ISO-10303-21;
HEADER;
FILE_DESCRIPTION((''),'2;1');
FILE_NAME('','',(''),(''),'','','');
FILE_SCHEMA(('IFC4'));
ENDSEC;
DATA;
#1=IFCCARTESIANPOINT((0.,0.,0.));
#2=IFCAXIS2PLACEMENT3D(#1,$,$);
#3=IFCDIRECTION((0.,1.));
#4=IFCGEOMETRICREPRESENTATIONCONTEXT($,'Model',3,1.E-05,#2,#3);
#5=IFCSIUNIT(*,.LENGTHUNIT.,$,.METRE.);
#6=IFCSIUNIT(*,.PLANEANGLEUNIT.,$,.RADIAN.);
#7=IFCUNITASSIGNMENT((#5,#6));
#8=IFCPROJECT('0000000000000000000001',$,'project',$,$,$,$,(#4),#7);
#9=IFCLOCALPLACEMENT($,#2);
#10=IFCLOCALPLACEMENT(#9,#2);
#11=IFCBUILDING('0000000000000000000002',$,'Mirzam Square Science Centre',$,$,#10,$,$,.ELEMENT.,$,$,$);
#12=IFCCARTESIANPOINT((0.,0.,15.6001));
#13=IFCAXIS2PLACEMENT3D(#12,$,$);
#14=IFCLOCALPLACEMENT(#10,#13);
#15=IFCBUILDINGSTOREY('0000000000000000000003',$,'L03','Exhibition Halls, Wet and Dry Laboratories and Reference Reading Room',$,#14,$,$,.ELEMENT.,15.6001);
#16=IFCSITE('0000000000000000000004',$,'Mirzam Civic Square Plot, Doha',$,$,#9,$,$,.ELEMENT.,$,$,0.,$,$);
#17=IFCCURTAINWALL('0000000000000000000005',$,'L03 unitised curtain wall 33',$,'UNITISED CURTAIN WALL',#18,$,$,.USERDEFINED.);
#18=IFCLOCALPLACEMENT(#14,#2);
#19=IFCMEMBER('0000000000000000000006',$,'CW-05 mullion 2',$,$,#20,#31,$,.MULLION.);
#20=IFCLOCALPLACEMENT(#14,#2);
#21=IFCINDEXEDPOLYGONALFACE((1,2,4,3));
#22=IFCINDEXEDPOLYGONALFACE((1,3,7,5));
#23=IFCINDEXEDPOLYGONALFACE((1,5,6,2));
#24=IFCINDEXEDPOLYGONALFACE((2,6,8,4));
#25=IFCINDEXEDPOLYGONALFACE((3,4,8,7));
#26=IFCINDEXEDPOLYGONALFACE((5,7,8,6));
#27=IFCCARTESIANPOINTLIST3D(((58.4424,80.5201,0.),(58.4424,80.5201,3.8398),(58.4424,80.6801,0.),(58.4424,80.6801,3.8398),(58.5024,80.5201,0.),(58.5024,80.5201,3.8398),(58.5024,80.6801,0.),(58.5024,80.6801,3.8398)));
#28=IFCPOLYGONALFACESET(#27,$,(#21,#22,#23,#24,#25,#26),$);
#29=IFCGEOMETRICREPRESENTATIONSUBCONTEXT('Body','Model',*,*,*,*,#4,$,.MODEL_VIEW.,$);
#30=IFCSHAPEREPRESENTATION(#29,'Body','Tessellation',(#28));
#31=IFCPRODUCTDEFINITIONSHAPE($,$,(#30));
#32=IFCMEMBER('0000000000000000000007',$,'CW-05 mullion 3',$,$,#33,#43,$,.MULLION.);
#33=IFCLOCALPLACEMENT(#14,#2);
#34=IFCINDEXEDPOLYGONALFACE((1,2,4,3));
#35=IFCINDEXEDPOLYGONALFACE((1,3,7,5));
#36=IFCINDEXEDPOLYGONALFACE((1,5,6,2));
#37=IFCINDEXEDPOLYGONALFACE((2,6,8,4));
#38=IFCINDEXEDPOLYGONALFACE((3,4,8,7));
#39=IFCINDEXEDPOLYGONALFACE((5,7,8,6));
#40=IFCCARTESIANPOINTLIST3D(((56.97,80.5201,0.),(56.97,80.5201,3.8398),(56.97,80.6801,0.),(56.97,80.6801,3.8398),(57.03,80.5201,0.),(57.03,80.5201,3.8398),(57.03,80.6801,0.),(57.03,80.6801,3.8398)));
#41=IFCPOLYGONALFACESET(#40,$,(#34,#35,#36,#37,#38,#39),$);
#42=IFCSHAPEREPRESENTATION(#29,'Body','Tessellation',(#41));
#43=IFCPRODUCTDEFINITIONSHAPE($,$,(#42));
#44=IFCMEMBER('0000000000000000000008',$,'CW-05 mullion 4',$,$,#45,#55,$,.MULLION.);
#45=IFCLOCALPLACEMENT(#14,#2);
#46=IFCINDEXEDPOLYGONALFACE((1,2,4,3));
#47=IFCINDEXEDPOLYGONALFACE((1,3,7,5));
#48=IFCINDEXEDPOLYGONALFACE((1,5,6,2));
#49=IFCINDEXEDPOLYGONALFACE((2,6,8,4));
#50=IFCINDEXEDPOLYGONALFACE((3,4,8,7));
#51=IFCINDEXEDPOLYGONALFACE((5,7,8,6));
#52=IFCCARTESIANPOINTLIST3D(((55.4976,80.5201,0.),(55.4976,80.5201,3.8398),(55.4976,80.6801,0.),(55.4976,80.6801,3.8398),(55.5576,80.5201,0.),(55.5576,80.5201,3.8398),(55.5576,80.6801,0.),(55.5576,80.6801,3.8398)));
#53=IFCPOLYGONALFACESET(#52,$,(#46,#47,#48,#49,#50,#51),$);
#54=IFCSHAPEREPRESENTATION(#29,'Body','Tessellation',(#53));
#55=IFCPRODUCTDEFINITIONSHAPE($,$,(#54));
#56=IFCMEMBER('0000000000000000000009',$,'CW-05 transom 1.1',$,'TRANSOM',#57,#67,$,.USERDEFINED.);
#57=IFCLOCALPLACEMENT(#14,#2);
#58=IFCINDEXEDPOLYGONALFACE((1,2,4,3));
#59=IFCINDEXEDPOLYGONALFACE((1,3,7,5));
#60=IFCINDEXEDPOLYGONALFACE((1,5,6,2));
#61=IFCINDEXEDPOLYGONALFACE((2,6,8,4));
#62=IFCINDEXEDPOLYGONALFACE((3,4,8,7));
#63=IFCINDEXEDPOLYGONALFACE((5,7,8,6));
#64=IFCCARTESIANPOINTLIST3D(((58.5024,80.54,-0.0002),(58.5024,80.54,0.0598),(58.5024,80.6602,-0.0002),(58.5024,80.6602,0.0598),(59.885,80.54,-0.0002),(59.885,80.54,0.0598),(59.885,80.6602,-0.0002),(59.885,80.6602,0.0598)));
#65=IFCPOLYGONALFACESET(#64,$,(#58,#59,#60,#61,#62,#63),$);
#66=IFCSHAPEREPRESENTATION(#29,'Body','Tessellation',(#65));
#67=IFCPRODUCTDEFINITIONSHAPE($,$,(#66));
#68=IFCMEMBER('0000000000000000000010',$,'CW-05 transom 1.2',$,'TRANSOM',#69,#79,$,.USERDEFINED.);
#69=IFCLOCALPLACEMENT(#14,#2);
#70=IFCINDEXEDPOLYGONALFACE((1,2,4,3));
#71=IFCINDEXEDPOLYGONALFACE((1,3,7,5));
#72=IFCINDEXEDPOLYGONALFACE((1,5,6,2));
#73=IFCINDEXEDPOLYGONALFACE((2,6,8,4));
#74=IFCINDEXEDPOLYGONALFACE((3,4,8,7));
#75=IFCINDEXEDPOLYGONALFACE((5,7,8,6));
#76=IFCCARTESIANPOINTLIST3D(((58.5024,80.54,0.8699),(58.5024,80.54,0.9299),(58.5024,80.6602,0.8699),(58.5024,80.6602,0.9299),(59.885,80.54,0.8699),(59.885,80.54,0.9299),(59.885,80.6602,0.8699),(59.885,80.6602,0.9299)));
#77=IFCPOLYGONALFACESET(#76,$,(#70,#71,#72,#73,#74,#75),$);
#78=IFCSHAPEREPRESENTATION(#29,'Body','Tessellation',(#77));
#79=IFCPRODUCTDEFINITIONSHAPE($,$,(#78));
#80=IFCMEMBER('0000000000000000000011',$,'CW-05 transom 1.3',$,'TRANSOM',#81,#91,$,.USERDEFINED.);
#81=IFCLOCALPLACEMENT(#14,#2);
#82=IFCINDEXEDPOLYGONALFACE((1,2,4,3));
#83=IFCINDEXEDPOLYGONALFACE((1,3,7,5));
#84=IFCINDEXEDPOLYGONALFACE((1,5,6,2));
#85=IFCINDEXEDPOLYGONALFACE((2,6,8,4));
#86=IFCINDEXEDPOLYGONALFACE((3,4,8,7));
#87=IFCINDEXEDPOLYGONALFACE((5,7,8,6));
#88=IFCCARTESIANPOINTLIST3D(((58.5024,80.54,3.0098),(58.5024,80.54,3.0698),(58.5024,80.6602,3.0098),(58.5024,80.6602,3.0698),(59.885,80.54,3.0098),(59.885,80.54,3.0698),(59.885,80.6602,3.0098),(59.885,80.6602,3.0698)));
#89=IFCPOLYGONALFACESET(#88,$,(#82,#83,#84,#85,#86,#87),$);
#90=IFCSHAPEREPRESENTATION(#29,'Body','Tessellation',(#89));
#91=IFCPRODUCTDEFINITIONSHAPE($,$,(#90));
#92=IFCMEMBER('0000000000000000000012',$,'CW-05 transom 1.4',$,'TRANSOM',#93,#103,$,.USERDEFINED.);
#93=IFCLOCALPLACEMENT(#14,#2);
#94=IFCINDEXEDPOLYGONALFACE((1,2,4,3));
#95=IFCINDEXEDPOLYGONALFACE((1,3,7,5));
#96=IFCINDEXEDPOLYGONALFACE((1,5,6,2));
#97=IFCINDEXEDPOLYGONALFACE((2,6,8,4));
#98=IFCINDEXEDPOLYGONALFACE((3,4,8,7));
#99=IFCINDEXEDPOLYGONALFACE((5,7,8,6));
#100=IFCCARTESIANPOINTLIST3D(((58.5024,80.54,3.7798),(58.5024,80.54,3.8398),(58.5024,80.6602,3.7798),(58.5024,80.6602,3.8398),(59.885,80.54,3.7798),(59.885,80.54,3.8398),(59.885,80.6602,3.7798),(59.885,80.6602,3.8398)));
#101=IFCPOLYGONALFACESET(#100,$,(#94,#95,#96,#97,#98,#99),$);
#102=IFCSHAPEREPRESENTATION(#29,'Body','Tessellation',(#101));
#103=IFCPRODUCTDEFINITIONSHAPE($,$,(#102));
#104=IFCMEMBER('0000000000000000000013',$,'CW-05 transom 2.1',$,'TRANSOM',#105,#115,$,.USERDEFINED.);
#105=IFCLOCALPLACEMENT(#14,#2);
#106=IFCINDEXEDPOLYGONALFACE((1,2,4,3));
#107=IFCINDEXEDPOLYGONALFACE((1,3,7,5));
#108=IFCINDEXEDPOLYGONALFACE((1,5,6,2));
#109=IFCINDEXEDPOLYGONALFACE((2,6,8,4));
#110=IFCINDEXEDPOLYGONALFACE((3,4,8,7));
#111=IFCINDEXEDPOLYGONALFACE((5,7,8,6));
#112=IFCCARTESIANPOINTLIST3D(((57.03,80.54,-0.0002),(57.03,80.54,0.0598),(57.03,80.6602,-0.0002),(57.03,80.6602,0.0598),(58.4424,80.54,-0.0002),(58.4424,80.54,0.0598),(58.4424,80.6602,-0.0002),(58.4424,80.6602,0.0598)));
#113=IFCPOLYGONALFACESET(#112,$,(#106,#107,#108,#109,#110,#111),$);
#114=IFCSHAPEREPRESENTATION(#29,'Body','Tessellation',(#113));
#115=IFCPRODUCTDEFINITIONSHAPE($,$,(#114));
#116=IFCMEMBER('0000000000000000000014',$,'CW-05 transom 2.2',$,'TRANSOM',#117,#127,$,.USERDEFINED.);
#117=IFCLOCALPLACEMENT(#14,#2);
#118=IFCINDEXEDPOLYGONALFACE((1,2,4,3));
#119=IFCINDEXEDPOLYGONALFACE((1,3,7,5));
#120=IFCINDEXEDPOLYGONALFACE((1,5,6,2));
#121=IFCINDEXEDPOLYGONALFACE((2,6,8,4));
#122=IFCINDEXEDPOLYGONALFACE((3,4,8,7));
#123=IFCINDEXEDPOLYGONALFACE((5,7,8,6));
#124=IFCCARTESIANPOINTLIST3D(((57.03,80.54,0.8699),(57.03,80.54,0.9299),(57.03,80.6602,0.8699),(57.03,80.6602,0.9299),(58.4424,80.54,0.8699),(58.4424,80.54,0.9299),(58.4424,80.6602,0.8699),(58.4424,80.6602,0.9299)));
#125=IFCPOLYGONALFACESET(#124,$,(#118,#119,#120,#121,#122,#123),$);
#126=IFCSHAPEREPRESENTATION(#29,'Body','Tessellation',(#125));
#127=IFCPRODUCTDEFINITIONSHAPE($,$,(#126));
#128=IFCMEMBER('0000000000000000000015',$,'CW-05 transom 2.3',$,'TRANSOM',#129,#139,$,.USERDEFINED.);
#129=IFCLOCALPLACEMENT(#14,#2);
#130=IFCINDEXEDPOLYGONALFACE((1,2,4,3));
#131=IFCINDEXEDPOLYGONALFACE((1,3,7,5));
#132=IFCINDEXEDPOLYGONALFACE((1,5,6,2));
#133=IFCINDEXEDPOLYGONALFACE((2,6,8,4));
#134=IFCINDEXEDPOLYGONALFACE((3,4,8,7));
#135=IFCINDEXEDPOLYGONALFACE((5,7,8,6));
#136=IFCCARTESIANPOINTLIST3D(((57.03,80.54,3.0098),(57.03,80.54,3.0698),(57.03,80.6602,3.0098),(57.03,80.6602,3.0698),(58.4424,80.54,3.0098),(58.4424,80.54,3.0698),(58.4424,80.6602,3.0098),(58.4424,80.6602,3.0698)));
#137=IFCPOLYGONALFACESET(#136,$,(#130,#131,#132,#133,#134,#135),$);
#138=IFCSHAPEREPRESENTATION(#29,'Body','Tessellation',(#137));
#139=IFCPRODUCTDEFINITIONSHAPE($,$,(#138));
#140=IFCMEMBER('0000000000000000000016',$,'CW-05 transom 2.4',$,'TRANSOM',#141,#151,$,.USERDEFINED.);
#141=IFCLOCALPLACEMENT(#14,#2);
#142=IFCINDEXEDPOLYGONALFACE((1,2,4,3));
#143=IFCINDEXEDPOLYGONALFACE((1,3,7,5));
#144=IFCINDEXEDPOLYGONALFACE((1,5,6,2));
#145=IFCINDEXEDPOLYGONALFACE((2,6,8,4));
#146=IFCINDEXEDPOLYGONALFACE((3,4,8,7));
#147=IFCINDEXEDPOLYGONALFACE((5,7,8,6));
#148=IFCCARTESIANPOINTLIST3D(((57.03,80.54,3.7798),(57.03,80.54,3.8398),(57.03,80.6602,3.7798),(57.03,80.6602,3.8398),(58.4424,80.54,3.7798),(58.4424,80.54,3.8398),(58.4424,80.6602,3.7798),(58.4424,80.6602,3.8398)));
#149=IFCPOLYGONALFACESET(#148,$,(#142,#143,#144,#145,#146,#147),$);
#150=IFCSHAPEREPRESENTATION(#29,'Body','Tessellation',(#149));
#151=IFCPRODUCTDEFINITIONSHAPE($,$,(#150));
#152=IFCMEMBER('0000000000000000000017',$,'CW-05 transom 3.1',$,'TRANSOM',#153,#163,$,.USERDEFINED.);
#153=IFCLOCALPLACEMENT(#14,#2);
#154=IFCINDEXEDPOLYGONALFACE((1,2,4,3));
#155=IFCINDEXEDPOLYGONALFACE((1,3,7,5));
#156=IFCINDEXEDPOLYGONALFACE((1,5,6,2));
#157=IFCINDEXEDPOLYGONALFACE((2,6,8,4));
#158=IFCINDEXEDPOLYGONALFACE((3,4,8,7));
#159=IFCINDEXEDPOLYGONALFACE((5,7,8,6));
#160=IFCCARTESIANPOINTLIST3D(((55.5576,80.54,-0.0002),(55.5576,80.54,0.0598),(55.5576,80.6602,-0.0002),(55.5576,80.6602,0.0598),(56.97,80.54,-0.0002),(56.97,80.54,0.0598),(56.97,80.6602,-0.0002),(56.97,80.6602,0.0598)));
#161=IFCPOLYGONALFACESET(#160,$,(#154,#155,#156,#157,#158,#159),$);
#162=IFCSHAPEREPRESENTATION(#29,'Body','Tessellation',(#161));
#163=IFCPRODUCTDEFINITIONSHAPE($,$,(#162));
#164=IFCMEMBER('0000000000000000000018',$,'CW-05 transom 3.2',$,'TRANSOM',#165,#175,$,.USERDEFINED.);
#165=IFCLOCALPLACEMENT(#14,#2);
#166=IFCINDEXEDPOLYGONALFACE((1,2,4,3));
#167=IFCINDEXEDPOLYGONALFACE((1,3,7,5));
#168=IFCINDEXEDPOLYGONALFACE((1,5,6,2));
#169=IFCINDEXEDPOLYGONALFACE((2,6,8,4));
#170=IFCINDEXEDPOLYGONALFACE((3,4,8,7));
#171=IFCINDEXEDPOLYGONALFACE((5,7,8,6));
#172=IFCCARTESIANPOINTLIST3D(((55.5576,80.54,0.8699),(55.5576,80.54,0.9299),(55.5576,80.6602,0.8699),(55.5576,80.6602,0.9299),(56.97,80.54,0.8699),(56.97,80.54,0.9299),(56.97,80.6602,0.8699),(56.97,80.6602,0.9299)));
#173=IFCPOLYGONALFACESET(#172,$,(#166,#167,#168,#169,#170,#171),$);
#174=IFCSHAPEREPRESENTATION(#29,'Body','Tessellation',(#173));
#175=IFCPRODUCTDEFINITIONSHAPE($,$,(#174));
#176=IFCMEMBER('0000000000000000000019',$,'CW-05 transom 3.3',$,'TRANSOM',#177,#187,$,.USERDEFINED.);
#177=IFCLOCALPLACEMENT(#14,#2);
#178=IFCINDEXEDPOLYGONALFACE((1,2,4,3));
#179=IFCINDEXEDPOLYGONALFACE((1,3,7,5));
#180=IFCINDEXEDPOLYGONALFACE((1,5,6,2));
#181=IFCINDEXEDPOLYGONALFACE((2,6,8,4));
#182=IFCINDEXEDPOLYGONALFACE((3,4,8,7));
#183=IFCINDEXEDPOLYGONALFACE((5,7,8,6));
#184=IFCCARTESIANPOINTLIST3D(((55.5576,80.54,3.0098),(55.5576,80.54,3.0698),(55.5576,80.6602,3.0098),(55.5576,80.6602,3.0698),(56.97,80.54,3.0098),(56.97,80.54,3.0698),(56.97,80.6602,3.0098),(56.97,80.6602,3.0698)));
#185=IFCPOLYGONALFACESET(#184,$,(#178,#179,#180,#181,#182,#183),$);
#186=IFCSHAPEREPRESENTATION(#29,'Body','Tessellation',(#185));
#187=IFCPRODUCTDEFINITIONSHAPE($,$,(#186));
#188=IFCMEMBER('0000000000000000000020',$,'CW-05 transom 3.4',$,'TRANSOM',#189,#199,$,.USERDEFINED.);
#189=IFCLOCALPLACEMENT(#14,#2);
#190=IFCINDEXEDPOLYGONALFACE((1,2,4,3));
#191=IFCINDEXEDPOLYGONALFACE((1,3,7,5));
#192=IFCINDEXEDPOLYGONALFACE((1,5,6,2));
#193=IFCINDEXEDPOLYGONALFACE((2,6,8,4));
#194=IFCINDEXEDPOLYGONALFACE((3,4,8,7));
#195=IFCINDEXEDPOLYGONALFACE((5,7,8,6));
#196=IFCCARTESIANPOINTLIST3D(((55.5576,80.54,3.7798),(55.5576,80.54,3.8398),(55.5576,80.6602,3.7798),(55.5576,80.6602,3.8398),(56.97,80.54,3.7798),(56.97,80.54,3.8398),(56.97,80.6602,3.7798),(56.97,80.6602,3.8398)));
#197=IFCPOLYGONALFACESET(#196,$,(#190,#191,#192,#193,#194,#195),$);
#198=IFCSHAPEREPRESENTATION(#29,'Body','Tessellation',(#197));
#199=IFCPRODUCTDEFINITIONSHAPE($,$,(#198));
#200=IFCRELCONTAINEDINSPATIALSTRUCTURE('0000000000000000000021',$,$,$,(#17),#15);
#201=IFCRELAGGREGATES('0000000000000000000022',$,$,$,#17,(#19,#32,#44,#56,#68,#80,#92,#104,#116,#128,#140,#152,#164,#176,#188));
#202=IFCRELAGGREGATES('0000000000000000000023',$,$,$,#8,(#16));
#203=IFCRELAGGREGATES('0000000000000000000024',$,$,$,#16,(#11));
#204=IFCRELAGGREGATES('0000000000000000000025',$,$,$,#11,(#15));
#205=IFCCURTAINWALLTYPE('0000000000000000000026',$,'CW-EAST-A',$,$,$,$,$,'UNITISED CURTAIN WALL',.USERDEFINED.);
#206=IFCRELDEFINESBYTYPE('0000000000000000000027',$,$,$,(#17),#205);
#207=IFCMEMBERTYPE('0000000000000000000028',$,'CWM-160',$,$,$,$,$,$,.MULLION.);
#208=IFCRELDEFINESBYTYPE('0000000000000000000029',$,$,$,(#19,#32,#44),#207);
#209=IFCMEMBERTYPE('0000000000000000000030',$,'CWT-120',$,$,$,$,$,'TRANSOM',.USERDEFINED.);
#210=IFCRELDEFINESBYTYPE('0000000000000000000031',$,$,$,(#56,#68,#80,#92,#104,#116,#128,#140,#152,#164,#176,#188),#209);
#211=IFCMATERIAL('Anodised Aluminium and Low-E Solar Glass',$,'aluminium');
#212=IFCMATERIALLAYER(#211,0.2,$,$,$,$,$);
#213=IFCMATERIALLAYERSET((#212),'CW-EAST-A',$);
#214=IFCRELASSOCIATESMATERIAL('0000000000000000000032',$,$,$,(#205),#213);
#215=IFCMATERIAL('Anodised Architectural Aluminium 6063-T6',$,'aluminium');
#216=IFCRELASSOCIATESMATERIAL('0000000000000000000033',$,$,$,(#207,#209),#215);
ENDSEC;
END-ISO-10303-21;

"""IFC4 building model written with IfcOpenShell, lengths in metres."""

from ifc_helpers import new_model, si_unit, direction, frame, origin, origin_2d, place, context, subcontext, project, spatial, rectangle, extrude, material, layer, layer_set, material_profile, profile_set, type_object, element, aggregate, save


model = new_model("IFC4")

# Units and contexts
model_context = context("Model", 3, precision=1e-05, world=origin(), true_north=direction((0.0, 1.0)))
body_context = subcontext(model_context, "Body", "Model", "MODEL_VIEW")
ifc_project = project(units=[si_unit("LENGTHUNIT", "METRE"), si_unit("PLANEANGLEUNIT", "RADIAN")], contexts=[model_context])

# Site, building, storey
site_placement = place(None, origin())
site = spatial("IfcSite", under=ifc_project, at=site_placement, Name="Mirzam Civic Square Plot, Doha", CompositionType="ELEMENT", RefElevation=0.0)
building_placement = place(site_placement, origin())
building = spatial("IfcBuilding", under=site, at=building_placement, Name="Mirzam Square Science Centre", CompositionType="ELEMENT")
storey_placement = place(building_placement, frame((0.0, 0.0, 15.6001)))
storey = spatial("IfcBuildingStorey", under=building, at=storey_placement, Name="L03", Description="Exhibition Halls, Wet and Dry Laboratories and Reference Reading Room", CompositionType="ELEMENT", Elevation=15.6001)

# Curtain wall, members
ifc_material_1 = material(Name="Anodised Aluminium and Low-E Solar Glass", Category="aluminium")
ifc_layer_1 = layer(ifc_material_1, 0.2)
ifc_layer_set_1 = layer_set([ifc_layer_1], Name="CW-EAST-A")
curtain_wall_type = type_object("IfcCurtainWallType", Name="CW-EAST-A", ElementType="UNITISED CURTAIN WALL", PredefinedType="USERDEFINED", material=ifc_layer_set_1)
curtain_wall_placement = place(storey_placement, origin())
curtain_wall = element("IfcCurtainWall", 1, at=curtain_wall_placement, inside=storey, type_object=curtain_wall_type, Name="L03 unitised curtain wall 33", ObjectType="UNITISED CURTAIN WALL", PredefinedType="USERDEFINED")
ifc_material_2 = material(Name="Anodised Architectural Aluminium 6063-T6", Category="aluminium")
ifc_material_profile_1 = material_profile(ifc_material_2, rectangle(XDim=0.0601, YDim=0.1599, at=origin_2d()), Name="ALU-MULL-160x60x4")
ifc_profile_set_1 = profile_set([ifc_material_profile_1], Name="Anodised Architectural Aluminium 6063-T6")
member_type_1 = type_object("IfcMemberType", Name="CWM-160", PredefinedType="MULLION", material=ifc_profile_set_1)
member_1_placement = place(storey_placement, frame((58.4724, 80.6001, 0.0), z_axis=(0.0, 0.0, 1.0), x_axis=(-1.0, 0.0, 0.0)))
member_1 = element("IfcMember", 2, at=member_1_placement, type_object=member_type_1, Name="CW-05 mullion 2", PredefinedType="MULLION", context=body_context, shape_type="SweptSolid", body=[
    extrude(rectangle(XDim=0.0601, YDim=0.1599, at=origin_2d()), origin(), (0.0, 0.0, 1.0), 3.8398),
])
member_2_placement = place(storey_placement, frame((57.0, 80.6001, 0.0), z_axis=(0.0, 0.0, 1.0), x_axis=(-1.0, 0.0, 0.0)))
member_2 = element("IfcMember", 3, at=member_2_placement, type_object=member_type_1, Name="CW-05 mullion 3", PredefinedType="MULLION", context=body_context, shape_type="SweptSolid", body=[
    extrude(rectangle(XDim=0.0601, YDim=0.1599, at=origin_2d()), origin(), (0.0, 0.0, 1.0), 3.8398),
])
member_3_placement = place(storey_placement, frame((55.5276, 80.6001, 0.0), z_axis=(0.0, 0.0, 1.0), x_axis=(-1.0, 0.0, 0.0)))
member_3 = element("IfcMember", 4, at=member_3_placement, type_object=member_type_1, Name="CW-05 mullion 4", PredefinedType="MULLION", context=body_context, shape_type="SweptSolid", body=[
    extrude(rectangle(XDim=0.0601, YDim=0.1599, at=origin_2d()), origin(), (0.0, 0.0, 1.0), 3.8398),
])
ifc_material_profile_2 = material_profile(ifc_material_2, rectangle(XDim=0.1201, YDim=0.0601, at=origin_2d()), Name="ALU-TRAN-120x60x4")
ifc_profile_set_2 = profile_set([ifc_material_profile_2], Name="Anodised Architectural Aluminium 6063-T6")
member_type_2 = type_object("IfcMemberType", Name="CWT-120", ElementType="TRANSOM", PredefinedType="USERDEFINED", material=ifc_profile_set_2)
member_4_placement = place(storey_placement, frame((59.885, 80.6001, 0.0298), z_axis=(-1.0, 0.0, 0.0), x_axis=(0.0, -1.0, 0.0)))
member_4 = element("IfcMember", 5, at=member_4_placement, type_object=member_type_2, Name="CW-05 transom 1.1", ObjectType="TRANSOM", PredefinedType="USERDEFINED", context=body_context, shape_type="SweptSolid", body=[
    extrude(rectangle(XDim=0.1201, YDim=0.0601, at=origin_2d()), origin(), (0.0, 0.0, 1.0), 1.3826),
])
member_5_placement = place(storey_placement, frame((59.885, 80.6001, 0.8999), z_axis=(-1.0, 0.0, 0.0), x_axis=(0.0, -1.0, 0.0)))
member_5 = element("IfcMember", 6, at=member_5_placement, type_object=member_type_2, Name="CW-05 transom 1.2", ObjectType="TRANSOM", PredefinedType="USERDEFINED", context=body_context, shape_type="SweptSolid", body=[
    extrude(rectangle(XDim=0.1201, YDim=0.0601, at=origin_2d()), origin(), (0.0, 0.0, 1.0), 1.3826),
])
member_6_placement = place(storey_placement, frame((59.885, 80.6001, 3.0398), z_axis=(-1.0, 0.0, 0.0), x_axis=(0.0, -1.0, 0.0)))
member_6 = element("IfcMember", 7, at=member_6_placement, type_object=member_type_2, Name="CW-05 transom 1.3", ObjectType="TRANSOM", PredefinedType="USERDEFINED", context=body_context, shape_type="SweptSolid", body=[
    extrude(rectangle(XDim=0.1201, YDim=0.0601, at=origin_2d()), origin(), (0.0, 0.0, 1.0), 1.3826),
])
member_7_placement = place(storey_placement, frame((59.885, 80.6001, 3.8098), z_axis=(-1.0, 0.0, 0.0), x_axis=(0.0, -1.0, 0.0)))
member_7 = element("IfcMember", 8, at=member_7_placement, type_object=member_type_2, Name="CW-05 transom 1.4", ObjectType="TRANSOM", PredefinedType="USERDEFINED", context=body_context, shape_type="SweptSolid", body=[
    extrude(rectangle(XDim=0.1201, YDim=0.0601, at=origin_2d()), origin(), (0.0, 0.0, 1.0), 1.3826),
])
member_8_placement = place(storey_placement, frame((58.4424, 80.6001, 0.0298), z_axis=(-1.0, 0.0, 0.0), x_axis=(0.0, -1.0, 0.0)))
member_8 = element("IfcMember", 9, at=member_8_placement, type_object=member_type_2, Name="CW-05 transom 2.1", ObjectType="TRANSOM", PredefinedType="USERDEFINED", context=body_context, shape_type="SweptSolid", body=[
    extrude(rectangle(XDim=0.1201, YDim=0.0601, at=origin_2d()), origin(), (0.0, 0.0, 1.0), 1.4124),
])
member_9_placement = place(storey_placement, frame((58.4424, 80.6001, 0.8999), z_axis=(-1.0, 0.0, 0.0), x_axis=(0.0, -1.0, 0.0)))
member_9 = element("IfcMember", 10, at=member_9_placement, type_object=member_type_2, Name="CW-05 transom 2.2", ObjectType="TRANSOM", PredefinedType="USERDEFINED", context=body_context, shape_type="SweptSolid", body=[
    extrude(rectangle(XDim=0.1201, YDim=0.0601, at=origin_2d()), origin(), (0.0, 0.0, 1.0), 1.4124),
])
member_10_placement = place(storey_placement, frame((58.4424, 80.6001, 3.0398), z_axis=(-1.0, 0.0, 0.0), x_axis=(0.0, -1.0, 0.0)))
member_10 = element("IfcMember", 11, at=member_10_placement, type_object=member_type_2, Name="CW-05 transom 2.3", ObjectType="TRANSOM", PredefinedType="USERDEFINED", context=body_context, shape_type="SweptSolid", body=[
    extrude(rectangle(XDim=0.1201, YDim=0.0601, at=origin_2d()), origin(), (0.0, 0.0, 1.0), 1.4124),
])
member_11_placement = place(storey_placement, frame((58.4424, 80.6001, 3.8098), z_axis=(-1.0, 0.0, 0.0), x_axis=(0.0, -1.0, 0.0)))
member_11 = element("IfcMember", 12, at=member_11_placement, type_object=member_type_2, Name="CW-05 transom 2.4", ObjectType="TRANSOM", PredefinedType="USERDEFINED", context=body_context, shape_type="SweptSolid", body=[
    extrude(rectangle(XDim=0.1201, YDim=0.0601, at=origin_2d()), origin(), (0.0, 0.0, 1.0), 1.4124),
])
member_12_placement = place(storey_placement, frame((56.97, 80.6001, 0.0298), z_axis=(-1.0, 0.0, 0.0), x_axis=(0.0, -1.0, 0.0)))
member_12 = element("IfcMember", 13, at=member_12_placement, type_object=member_type_2, Name="CW-05 transom 3.1", ObjectType="TRANSOM", PredefinedType="USERDEFINED", context=body_context, shape_type="SweptSolid", body=[
    extrude(rectangle(XDim=0.1201, YDim=0.0601, at=origin_2d()), origin(), (0.0, 0.0, 1.0), 1.4124),
])
member_13_placement = place(storey_placement, frame((56.97, 80.6001, 0.8999), z_axis=(-1.0, 0.0, 0.0), x_axis=(0.0, -1.0, 0.0)))
member_13 = element("IfcMember", 14, at=member_13_placement, type_object=member_type_2, Name="CW-05 transom 3.2", ObjectType="TRANSOM", PredefinedType="USERDEFINED", context=body_context, shape_type="SweptSolid", body=[
    extrude(rectangle(XDim=0.1201, YDim=0.0601, at=origin_2d()), origin(), (0.0, 0.0, 1.0), 1.4124),
])
member_14_placement = place(storey_placement, frame((56.97, 80.6001, 3.0398), z_axis=(-1.0, 0.0, 0.0), x_axis=(0.0, -1.0, 0.0)))
member_14 = element("IfcMember", 15, at=member_14_placement, type_object=member_type_2, Name="CW-05 transom 3.3", ObjectType="TRANSOM", PredefinedType="USERDEFINED", context=body_context, shape_type="SweptSolid", body=[
    extrude(rectangle(XDim=0.1201, YDim=0.0601, at=origin_2d()), origin(), (0.0, 0.0, 1.0), 1.4124),
])
member_15_placement = place(storey_placement, frame((56.97, 80.6001, 3.8098), z_axis=(-1.0, 0.0, 0.0), x_axis=(0.0, -1.0, 0.0)))
member_15 = element("IfcMember", 16, at=member_15_placement, type_object=member_type_2, Name="CW-05 transom 3.4", ObjectType="TRANSOM", PredefinedType="USERDEFINED", context=body_context, shape_type="SweptSolid", body=[
    extrude(rectangle(XDim=0.1201, YDim=0.0601, at=origin_2d()), origin(), (0.0, 0.0, 1.0), 1.4124),
])
aggregate(curtain_wall, [member_1, member_2, member_3, member_4, member_5, member_6, member_7, member_8, member_9, member_10, member_11, member_12, member_13, member_14, member_15])

save(model, "model.ifc")
